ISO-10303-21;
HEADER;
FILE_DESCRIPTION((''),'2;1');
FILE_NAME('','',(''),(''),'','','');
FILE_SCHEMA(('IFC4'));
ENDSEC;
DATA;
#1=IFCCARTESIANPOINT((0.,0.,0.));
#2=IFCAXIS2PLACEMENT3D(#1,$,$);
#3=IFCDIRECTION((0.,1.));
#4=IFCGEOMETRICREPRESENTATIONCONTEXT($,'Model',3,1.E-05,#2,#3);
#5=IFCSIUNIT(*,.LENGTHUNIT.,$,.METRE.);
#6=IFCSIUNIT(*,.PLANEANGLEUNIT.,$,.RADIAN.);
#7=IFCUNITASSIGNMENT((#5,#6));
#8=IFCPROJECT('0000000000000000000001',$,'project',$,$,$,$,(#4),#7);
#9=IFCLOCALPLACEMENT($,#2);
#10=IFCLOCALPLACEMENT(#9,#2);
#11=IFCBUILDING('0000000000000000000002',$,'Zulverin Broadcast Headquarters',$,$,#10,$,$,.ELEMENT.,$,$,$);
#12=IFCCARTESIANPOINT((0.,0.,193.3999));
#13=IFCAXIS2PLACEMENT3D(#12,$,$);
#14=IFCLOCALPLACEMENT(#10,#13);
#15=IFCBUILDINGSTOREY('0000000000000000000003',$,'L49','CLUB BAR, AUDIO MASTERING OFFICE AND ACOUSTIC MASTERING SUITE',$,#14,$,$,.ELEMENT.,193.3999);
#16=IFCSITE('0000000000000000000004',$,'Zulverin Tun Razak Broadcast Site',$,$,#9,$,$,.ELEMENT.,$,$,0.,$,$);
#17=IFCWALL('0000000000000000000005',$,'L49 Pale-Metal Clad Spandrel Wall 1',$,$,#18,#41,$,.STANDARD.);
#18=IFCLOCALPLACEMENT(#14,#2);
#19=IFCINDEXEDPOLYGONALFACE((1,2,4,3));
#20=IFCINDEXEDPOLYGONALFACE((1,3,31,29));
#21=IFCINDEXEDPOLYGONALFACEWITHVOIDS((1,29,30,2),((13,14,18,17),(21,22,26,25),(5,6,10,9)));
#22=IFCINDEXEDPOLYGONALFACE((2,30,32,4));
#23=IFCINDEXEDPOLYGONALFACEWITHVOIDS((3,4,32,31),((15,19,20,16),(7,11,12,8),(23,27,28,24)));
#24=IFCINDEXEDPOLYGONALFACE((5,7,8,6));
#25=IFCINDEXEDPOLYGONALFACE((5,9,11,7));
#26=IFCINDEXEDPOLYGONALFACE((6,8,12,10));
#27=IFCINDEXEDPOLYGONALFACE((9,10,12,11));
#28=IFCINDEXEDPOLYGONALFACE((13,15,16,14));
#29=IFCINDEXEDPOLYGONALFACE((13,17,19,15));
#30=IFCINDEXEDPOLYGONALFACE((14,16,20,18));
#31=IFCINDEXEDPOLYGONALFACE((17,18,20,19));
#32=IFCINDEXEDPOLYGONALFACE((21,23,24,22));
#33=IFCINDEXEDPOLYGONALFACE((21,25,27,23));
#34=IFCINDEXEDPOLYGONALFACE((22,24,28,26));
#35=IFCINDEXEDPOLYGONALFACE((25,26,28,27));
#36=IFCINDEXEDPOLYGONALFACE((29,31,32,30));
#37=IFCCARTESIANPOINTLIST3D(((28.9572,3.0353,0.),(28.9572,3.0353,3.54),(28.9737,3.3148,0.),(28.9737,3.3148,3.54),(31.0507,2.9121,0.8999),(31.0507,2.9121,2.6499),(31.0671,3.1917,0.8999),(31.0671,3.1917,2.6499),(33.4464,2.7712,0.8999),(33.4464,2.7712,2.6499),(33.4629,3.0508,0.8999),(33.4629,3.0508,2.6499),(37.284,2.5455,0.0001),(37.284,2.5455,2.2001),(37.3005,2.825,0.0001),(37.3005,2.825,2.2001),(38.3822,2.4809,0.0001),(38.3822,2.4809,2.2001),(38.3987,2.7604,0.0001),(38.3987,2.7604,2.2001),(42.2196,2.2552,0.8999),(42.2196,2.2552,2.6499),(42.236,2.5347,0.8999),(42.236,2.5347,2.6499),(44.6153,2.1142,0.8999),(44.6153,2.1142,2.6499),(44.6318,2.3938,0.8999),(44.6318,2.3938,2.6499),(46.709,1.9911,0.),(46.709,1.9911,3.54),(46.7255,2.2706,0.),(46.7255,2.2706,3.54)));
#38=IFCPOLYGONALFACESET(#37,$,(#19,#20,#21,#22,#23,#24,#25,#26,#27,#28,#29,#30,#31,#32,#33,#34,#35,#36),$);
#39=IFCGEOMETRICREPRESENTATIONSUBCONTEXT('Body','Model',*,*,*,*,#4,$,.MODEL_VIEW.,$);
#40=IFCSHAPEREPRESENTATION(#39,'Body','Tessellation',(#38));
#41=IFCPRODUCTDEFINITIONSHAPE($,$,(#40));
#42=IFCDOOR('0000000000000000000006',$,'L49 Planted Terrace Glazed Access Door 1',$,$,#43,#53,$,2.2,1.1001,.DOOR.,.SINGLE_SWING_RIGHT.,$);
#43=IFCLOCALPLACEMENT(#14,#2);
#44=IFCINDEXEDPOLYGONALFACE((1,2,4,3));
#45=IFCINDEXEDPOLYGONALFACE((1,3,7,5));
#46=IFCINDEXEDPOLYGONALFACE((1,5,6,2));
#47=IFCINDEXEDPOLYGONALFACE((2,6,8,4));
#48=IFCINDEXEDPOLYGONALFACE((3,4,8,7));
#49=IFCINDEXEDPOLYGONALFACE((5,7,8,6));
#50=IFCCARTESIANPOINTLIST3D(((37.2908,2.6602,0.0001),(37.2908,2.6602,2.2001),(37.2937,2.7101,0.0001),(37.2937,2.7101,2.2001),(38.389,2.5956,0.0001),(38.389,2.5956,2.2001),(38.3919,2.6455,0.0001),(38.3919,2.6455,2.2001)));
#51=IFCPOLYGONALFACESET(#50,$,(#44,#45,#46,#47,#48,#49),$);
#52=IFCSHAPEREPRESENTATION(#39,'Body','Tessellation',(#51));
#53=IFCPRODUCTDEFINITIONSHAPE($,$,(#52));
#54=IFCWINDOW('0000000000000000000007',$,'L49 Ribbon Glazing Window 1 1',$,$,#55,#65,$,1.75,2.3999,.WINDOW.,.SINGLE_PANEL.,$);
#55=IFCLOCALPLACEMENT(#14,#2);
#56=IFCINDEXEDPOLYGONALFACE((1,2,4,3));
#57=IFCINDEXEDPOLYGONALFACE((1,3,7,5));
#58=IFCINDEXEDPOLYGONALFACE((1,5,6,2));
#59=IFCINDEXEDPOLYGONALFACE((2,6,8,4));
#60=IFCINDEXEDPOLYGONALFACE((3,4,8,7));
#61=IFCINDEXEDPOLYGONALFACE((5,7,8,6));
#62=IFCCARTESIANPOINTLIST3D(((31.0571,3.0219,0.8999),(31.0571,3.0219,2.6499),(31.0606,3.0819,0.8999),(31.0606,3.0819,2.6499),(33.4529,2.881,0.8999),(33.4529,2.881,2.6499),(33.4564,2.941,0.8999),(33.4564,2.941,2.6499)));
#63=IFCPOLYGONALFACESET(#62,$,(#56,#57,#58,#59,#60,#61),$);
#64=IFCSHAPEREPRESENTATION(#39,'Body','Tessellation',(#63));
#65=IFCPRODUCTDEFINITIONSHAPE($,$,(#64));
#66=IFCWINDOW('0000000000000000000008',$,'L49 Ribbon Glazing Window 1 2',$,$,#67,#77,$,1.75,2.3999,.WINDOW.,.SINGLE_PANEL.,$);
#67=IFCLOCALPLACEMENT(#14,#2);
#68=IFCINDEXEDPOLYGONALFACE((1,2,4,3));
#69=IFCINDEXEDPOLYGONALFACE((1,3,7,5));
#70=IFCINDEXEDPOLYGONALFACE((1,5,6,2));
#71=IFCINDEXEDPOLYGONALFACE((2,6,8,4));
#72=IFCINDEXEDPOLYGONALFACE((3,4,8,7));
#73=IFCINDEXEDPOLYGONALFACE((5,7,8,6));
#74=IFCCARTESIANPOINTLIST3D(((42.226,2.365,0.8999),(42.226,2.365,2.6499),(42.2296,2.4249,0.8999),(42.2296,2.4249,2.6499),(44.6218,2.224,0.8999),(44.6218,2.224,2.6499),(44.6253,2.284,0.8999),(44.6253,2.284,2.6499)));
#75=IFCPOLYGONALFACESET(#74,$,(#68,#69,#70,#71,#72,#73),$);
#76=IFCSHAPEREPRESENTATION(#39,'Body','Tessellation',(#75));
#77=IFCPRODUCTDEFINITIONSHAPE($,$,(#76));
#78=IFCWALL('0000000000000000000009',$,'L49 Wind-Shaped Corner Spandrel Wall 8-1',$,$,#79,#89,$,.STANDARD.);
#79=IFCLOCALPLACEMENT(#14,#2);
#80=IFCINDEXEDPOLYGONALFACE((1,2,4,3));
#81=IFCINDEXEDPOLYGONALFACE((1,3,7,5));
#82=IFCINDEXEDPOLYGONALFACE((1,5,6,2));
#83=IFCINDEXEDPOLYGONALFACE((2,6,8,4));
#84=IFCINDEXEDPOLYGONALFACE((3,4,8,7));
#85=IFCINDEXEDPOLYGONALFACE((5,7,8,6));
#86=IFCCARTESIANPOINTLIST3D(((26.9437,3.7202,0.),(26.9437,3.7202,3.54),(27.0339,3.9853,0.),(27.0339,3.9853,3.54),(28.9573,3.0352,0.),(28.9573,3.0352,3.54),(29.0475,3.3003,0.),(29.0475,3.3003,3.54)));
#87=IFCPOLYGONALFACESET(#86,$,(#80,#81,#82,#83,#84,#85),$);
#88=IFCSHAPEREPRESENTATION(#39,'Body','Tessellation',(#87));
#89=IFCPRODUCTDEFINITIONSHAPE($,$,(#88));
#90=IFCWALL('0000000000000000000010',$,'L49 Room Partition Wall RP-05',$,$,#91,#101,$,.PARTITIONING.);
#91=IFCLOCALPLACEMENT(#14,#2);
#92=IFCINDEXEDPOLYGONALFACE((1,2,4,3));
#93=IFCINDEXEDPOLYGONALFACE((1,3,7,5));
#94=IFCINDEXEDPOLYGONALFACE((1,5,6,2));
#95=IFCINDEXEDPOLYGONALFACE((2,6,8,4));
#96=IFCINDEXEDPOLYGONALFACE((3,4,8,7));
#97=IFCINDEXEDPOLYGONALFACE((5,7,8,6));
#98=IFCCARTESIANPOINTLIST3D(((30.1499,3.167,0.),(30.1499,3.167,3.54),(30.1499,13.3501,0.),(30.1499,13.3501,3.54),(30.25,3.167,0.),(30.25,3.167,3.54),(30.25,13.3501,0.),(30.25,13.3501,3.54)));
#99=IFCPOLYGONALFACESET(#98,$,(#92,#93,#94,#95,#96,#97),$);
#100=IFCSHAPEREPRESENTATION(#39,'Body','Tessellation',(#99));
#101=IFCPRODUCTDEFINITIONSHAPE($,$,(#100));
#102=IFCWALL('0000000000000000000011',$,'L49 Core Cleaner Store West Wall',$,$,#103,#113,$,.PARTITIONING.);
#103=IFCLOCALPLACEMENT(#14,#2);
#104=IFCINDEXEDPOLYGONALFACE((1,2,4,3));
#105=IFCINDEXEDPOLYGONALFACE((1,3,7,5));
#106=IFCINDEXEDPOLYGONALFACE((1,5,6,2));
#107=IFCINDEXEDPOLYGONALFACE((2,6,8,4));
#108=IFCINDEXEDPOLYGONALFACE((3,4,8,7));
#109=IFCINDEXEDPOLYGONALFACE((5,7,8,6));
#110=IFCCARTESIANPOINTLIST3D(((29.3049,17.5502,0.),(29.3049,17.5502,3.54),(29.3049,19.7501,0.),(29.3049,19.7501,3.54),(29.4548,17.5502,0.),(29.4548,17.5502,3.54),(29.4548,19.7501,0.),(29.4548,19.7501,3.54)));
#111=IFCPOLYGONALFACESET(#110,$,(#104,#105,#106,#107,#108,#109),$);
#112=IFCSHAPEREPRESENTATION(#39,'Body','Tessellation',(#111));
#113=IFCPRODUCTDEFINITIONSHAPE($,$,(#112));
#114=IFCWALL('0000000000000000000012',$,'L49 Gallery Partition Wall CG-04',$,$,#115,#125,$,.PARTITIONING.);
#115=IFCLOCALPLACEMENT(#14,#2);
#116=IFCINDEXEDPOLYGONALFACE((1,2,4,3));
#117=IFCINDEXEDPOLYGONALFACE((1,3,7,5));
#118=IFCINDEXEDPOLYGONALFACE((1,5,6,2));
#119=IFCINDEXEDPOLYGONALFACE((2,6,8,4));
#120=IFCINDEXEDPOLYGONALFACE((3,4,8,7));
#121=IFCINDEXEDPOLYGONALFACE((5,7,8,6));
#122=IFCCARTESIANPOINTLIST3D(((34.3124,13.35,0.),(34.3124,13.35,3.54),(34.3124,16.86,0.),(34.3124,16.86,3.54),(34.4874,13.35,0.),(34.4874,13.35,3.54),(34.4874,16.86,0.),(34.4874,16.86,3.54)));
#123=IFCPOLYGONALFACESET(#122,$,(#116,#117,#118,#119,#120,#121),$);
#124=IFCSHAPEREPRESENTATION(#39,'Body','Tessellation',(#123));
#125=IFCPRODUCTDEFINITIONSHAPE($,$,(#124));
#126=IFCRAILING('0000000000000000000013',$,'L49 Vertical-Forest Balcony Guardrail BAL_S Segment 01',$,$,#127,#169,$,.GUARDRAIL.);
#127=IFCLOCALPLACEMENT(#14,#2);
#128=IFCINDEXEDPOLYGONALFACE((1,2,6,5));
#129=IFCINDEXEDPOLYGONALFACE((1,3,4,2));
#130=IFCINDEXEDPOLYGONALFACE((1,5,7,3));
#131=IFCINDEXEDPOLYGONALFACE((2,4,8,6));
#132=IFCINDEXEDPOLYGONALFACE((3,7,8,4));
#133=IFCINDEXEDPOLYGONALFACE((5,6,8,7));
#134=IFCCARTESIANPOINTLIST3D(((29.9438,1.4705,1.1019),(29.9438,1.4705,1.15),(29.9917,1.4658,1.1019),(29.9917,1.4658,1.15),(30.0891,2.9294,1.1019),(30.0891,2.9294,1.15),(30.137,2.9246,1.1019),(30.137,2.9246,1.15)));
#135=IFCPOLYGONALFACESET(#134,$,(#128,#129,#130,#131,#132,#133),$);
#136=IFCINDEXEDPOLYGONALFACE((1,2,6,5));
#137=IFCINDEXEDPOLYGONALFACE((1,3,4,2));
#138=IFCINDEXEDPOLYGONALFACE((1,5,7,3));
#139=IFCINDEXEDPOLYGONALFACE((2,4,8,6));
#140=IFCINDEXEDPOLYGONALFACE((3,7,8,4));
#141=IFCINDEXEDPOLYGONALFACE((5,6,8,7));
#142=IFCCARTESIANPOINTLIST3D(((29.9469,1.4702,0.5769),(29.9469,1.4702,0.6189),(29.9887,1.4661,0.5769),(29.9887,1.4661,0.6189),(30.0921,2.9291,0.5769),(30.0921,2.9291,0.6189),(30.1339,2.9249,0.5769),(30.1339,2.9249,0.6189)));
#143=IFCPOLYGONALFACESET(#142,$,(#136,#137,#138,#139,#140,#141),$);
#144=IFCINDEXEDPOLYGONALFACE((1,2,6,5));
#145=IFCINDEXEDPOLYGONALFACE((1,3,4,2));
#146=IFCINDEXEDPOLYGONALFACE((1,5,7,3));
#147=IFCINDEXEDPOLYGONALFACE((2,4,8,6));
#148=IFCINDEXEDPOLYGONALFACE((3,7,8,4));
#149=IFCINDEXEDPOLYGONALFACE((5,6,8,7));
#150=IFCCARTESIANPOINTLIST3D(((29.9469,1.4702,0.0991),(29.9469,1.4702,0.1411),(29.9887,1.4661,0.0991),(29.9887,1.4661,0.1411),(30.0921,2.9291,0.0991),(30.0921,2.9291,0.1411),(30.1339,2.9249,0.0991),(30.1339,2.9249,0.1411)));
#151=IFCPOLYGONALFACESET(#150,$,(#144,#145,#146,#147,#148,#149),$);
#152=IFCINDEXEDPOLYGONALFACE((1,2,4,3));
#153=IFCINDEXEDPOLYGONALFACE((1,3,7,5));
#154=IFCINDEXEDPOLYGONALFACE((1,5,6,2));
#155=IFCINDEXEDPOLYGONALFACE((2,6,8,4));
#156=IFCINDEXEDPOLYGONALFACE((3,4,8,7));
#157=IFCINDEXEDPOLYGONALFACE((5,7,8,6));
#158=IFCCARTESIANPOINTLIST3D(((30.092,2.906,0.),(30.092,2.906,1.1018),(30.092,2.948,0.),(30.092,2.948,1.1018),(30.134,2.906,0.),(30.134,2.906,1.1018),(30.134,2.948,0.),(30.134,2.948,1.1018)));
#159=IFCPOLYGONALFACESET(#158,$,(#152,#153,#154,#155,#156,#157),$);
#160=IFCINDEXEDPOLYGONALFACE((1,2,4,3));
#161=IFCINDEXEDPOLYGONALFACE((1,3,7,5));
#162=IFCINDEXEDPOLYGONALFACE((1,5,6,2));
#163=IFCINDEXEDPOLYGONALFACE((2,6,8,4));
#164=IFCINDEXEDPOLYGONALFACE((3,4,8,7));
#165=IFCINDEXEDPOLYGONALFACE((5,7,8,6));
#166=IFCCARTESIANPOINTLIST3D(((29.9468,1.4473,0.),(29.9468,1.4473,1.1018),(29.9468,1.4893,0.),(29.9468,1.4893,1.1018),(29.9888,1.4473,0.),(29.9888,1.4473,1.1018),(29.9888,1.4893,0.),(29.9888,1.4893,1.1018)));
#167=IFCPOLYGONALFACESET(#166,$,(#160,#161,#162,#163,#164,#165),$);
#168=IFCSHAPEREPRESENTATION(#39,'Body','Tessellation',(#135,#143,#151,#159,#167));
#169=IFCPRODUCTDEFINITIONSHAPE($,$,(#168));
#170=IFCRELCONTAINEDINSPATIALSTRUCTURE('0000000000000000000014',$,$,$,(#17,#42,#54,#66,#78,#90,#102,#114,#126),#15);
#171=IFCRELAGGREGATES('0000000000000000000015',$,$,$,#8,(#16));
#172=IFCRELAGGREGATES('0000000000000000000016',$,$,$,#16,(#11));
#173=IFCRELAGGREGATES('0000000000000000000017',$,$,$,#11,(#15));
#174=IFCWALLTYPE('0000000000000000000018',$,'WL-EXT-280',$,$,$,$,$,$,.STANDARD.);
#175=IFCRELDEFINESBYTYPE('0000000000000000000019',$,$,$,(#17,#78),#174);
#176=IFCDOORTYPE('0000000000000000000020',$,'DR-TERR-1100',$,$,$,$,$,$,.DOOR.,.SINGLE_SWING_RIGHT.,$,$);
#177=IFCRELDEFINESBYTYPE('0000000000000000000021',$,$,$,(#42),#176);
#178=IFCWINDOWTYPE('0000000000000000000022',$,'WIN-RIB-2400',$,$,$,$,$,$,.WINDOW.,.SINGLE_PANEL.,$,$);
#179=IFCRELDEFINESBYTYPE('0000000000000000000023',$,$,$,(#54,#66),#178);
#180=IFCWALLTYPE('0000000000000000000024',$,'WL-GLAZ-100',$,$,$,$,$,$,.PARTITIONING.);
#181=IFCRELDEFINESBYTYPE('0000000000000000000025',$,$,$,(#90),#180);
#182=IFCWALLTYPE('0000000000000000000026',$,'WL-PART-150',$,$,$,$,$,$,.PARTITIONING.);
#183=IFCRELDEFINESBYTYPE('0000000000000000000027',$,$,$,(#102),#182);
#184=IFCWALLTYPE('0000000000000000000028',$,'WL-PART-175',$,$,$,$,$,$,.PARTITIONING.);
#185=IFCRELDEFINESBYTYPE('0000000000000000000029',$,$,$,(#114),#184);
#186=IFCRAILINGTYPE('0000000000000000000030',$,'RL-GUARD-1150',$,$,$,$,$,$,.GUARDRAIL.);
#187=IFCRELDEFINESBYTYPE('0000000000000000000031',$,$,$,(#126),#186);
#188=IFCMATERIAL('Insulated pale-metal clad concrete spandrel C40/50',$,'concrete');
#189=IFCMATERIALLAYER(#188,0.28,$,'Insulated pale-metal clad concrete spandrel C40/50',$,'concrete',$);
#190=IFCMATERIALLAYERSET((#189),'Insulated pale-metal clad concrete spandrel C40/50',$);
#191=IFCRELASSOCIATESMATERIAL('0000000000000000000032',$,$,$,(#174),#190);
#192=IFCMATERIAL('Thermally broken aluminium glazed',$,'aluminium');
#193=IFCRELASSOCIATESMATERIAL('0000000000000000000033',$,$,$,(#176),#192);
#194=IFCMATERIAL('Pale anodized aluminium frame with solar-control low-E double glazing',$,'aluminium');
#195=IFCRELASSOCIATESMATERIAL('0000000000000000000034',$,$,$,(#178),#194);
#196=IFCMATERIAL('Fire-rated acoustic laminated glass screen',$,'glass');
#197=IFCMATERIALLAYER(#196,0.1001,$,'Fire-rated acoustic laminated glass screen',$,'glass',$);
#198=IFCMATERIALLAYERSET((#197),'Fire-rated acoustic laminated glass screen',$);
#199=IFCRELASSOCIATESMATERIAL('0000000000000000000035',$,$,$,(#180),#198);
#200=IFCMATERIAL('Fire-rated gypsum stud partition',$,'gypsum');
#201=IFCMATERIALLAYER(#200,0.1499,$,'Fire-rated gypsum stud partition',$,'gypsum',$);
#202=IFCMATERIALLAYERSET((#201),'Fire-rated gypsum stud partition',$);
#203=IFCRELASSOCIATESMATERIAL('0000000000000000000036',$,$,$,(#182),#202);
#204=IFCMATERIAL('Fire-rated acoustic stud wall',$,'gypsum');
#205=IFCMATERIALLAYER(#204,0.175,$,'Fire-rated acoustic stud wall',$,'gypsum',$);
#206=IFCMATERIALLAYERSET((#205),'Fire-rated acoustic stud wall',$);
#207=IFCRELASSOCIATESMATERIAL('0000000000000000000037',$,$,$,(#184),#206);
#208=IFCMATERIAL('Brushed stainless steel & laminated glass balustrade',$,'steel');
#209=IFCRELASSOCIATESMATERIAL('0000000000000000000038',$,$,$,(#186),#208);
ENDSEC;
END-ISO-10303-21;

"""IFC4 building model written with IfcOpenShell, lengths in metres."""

from ifc_helpers import new_model, si_unit, direction, frame, frame_2d, origin, origin_2d, place, context, subcontext, project, spatial, rectangle, extrude, material, layer, layer_set, type_object, element, fill, save


model = new_model("IFC4")

# Units and contexts
model_context = context("Model", 3, precision=1e-05, world=origin(), true_north=direction((0.0, 1.0)))
body_context = subcontext(model_context, "Body", "Model", "MODEL_VIEW")
ifc_project = project(units=[si_unit("LENGTHUNIT", "METRE"), si_unit("PLANEANGLEUNIT", "RADIAN")], contexts=[model_context])

# Site, building, storey
site_placement = place(None, origin())
site = spatial("IfcSite", under=ifc_project, at=site_placement, Name="Zulverin Tun Razak Broadcast Site", CompositionType="ELEMENT", RefElevation=0.0)
building_placement = place(site_placement, origin())
building = spatial("IfcBuilding", under=site, at=building_placement, Name="Zulverin Broadcast Headquarters", CompositionType="ELEMENT")
storey_placement = place(building_placement, frame((0.0, 0.0, 193.3999)))
storey = spatial("IfcBuildingStorey", under=building, at=storey_placement, Name="L49", Description="CLUB BAR, AUDIO MASTERING OFFICE AND ACOUSTIC MASTERING SUITE", CompositionType="ELEMENT", Elevation=193.3999)

# Wall, openings, door, windows
ifc_material_1 = material(Name="Insulated pale-metal clad concrete spandrel C40/50", Category="concrete")
ifc_layer_1 = layer(ifc_material_1, 0.28, Name="Insulated pale-metal clad concrete spandrel C40/50", Category="concrete")
ifc_layer_set_1 = layer_set([ifc_layer_1], Name="Insulated pale-metal clad concrete spandrel C40/50")
wall_type_1 = type_object("IfcWallType", Name="WL-EXT-280", PredefinedType="STANDARD", material=ifc_layer_set_1)
wall_1_placement = place(storey_placement, frame((28.9656, 3.175, 0.0), z_axis=(0.0, 0.0, 1.0), x_axis=(0.998274, -0.05872, 0.0)))
wall_1 = element("IfcWall", 1, at=wall_1_placement, inside=storey, type_object=wall_type_1, Name="L49 Pale-Metal Clad Spandrel Wall 1", PredefinedType="STANDARD", context=body_context, shape_type="SweptSolid", body=[
    extrude(rectangle(XDim=17.7825, YDim=0.28, at=frame_2d((8.8911, 0.0))), origin(), (0.0, 0.0, 1.0), 3.54),
])
opening_1_placement = place(wall_1_placement, frame((8.3411, 0.0, 0.0)))
opening_1 = element("IfcOpeningElement", 2, at=opening_1_placement, cuts=wall_1, PredefinedType="OPENING", context=body_context, shape_type="SweptSolid", body=[
    extrude(rectangle(XDim=1.1001, YDim=2.2, at=frame_2d((0.55, 1.1001))), frame((0.0, 0.1499, 0.0), z_axis=(0.0, -1.0, 0.0), x_axis=(1.0, 0.0, 0.0)), (0.0, 0.0, 1.0), 0.3),
])
opening_2_placement = place(wall_1_placement, frame((2.0969, 0.0, 0.8999)))
opening_2 = element("IfcOpeningElement", 3, at=opening_2_placement, cuts=wall_1, PredefinedType="OPENING", context=body_context, shape_type="SweptSolid", body=[
    extrude(rectangle(XDim=2.3999, YDim=1.75, at=frame_2d((1.2, 0.875))), frame((0.0, 0.1499, 0.0), z_axis=(0.0, -1.0, 0.0), x_axis=(1.0, 0.0, 0.0)), (0.0, 0.0, 1.0), 0.3),
])
opening_3_placement = place(wall_1_placement, frame((13.2852, 0.0, 0.8999)))
opening_3 = element("IfcOpeningElement", 4, at=opening_3_placement, cuts=wall_1, PredefinedType="OPENING", context=body_context, shape_type="SweptSolid", body=[
    extrude(rectangle(XDim=2.3999, YDim=1.75, at=frame_2d((1.2, 0.875))), frame((0.0, 0.1499, 0.0), z_axis=(0.0, -1.0, 0.0), x_axis=(1.0, 0.0, 0.0)), (0.0, 0.0, 1.0), 0.3),
])
ifc_material_2 = material(Name="Thermally broken aluminium glazed", Category="aluminium")
door_type = type_object("IfcDoorType", Name="DR-TERR-1100", OperationType="SINGLE_SWING_RIGHT", PredefinedType="DOOR", material=ifc_material_2)
door_placement = place(opening_1_placement, origin())
door = element("IfcDoor", 5, at=door_placement, inside=storey, type_object=door_type, Name="L49 Planted Terrace Glazed Access Door 1", OperationType="SINGLE_SWING_RIGHT", OverallHeight=2.2, OverallWidth=1.1001, PredefinedType="DOOR", context=body_context, shape_type="SweptSolid", body=[
    extrude(rectangle(XDim=1.1001, YDim=2.2, at=frame_2d((0.55, 1.1001))), frame((0.0, 0.0249, 0.0), z_axis=(0.0, -1.0, 0.0), x_axis=(1.0, 0.0, 0.0)), (0.0, 0.0, 1.0), 0.05),
])
fill(opening_1, door)
ifc_material_3 = material(Name="Pale anodized aluminium frame with solar-control low-E double glazing", Category="aluminium")
window_type = type_object("IfcWindowType", Name="WIN-RIB-2400", PartitioningType="SINGLE_PANEL", PredefinedType="WINDOW", material=ifc_material_3)
window_1_placement = place(opening_2_placement, origin())
window_1 = element("IfcWindow", 6, at=window_1_placement, inside=storey, type_object=window_type, Name="L49 Ribbon Glazing Window 1 1", OverallHeight=1.75, OverallWidth=2.3999, PartitioningType="SINGLE_PANEL", PredefinedType="WINDOW", context=body_context, shape_type="SweptSolid", body=[
    extrude(rectangle(XDim=2.3999, YDim=1.75, at=frame_2d((1.2, 0.875))), frame((0.0, 0.03, 0.0), z_axis=(0.0, -1.0, 0.0), x_axis=(1.0, 0.0, 0.0)), (0.0, 0.0, 1.0), 0.0601),
])
fill(opening_2, window_1)
window_2_placement = place(opening_3_placement, origin())
window_2 = element("IfcWindow", 7, at=window_2_placement, inside=storey, type_object=window_type, Name="L49 Ribbon Glazing Window 1 2", OverallHeight=1.75, OverallWidth=2.3999, PartitioningType="SINGLE_PANEL", PredefinedType="WINDOW", context=body_context, shape_type="SweptSolid", body=[
    extrude(rectangle(XDim=2.3999, YDim=1.75, at=frame_2d((1.2, 0.875))), frame((0.0, 0.03, 0.0), z_axis=(0.0, -1.0, 0.0), x_axis=(1.0, 0.0, 0.0)), (0.0, 0.0, 1.0), 0.0601),
])
fill(opening_3, window_2)

# Walls
wall_2_placement = place(storey_placement, frame((26.9888, 3.8528, 0.0), z_axis=(0.0, 0.0, 1.0), x_axis=(0.946714, -0.322076, 0.0)))
element("IfcWall", 8, at=wall_2_placement, inside=storey, type_object=wall_type_1, Name="L49 Wind-Shaped Corner Spandrel Wall 8-1", PredefinedType="STANDARD", context=body_context, shape_type="SweptSolid", body=[
    extrude(rectangle(XDim=2.127, YDim=0.28, at=frame_2d((1.0635, 0.0))), origin(), (0.0, 0.0, 1.0), 3.54),
])
ifc_material_4 = material(Name="Fire-rated acoustic laminated glass screen", Category="glass")
ifc_layer_2 = layer(ifc_material_4, 0.1001, Name="Fire-rated acoustic laminated glass screen", Category="glass")
ifc_layer_set_2 = layer_set([ifc_layer_2], Name="Fire-rated acoustic laminated glass screen")
wall_type_2 = type_object("IfcWallType", Name="WL-GLAZ-100", PredefinedType="PARTITIONING", material=ifc_layer_set_2)
wall_3_placement = place(storey_placement, frame((30.2, 3.167, 0.0), z_axis=(0.0, 0.0, 1.0), x_axis=(0.0, 1.0, 0.0)))
element("IfcWall", 9, at=wall_3_placement, inside=storey, type_object=wall_type_2, Name="L49 Room Partition Wall RP-05", PredefinedType="PARTITIONING", context=body_context, shape_type="SweptSolid", body=[
    extrude(rectangle(XDim=10.1831, YDim=0.1001, at=frame_2d((5.0916, 0.0))), origin(), (0.0, 0.0, 1.0), 3.54),
])
ifc_material_5 = material(Name="Fire-rated gypsum stud partition", Category="gypsum")
ifc_layer_3 = layer(ifc_material_5, 0.1499, Name="Fire-rated gypsum stud partition", Category="gypsum")
ifc_layer_set_3 = layer_set([ifc_layer_3], Name="Fire-rated gypsum stud partition")
wall_type_3 = type_object("IfcWallType", Name="WL-PART-150", PredefinedType="PARTITIONING", material=ifc_layer_set_3)
wall_4_placement = place(storey_placement, frame((29.3799, 17.55, 0.0), z_axis=(0.0, 0.0, 1.0), x_axis=(0.0, 1.0, 0.0)))
element("IfcWall", 10, at=wall_4_placement, inside=storey, type_object=wall_type_3, Name="L49 Core Cleaner Store West Wall", PredefinedType="PARTITIONING", context=body_context, shape_type="SweptSolid", body=[
    extrude(rectangle(XDim=2.2, YDim=0.1499, at=frame_2d((1.1001, 0.0))), origin(), (0.0, 0.0, 1.0), 3.54),
])
ifc_material_6 = material(Name="Fire-rated acoustic stud wall", Category="gypsum")
ifc_layer_4 = layer(ifc_material_6, 0.175, Name="Fire-rated acoustic stud wall", Category="gypsum")
ifc_layer_set_4 = layer_set([ifc_layer_4], Name="Fire-rated acoustic stud wall")
wall_type_4 = type_object("IfcWallType", Name="WL-PART-175", PredefinedType="PARTITIONING", material=ifc_layer_set_4)
wall_5_placement = place(storey_placement, frame((34.3999, 13.3501, 0.0), z_axis=(0.0, 0.0, 1.0), x_axis=(0.0, 1.0, 0.0)))
element("IfcWall", 11, at=wall_5_placement, inside=storey, type_object=wall_type_4, Name="L49 Gallery Partition Wall CG-04", PredefinedType="PARTITIONING", context=body_context, shape_type="SweptSolid", body=[
    extrude(rectangle(XDim=3.51, YDim=0.175, at=frame_2d((1.7549, 0.0))), origin(), (0.0, 0.0, 1.0), 3.54),
])

# Railing
ifc_material_7 = material(Name="Brushed stainless steel & laminated glass balustrade", Category="steel")
railing_type = type_object("IfcRailingType", Name="RL-GUARD-1150", PredefinedType="GUARDRAIL", material=ifc_material_7)
railing_1_placement = place(storey_placement, frame((30.113, 2.927, 0.0)))
element("IfcRailing", 12, at=railing_1_placement, inside=storey, type_object=railing_type, Name="L49 Vertical-Forest Balcony Guardrail BAL_S Segment 01", PredefinedType="GUARDRAIL", context=body_context, shape_type="SweptSolid", body=[
    extrude(rectangle(XDim=0.0481, YDim=0.0481, at=origin_2d()), frame((0.0, 0.0, 1.126), z_axis=(-0.099091, -0.995078, 0.0), x_axis=(0.995078, -0.099091, 0.0)), (0.0, 0.0, 1.0), 1.4661),
    extrude(rectangle(XDim=0.042, YDim=0.042, at=origin_2d()), frame((0.0, 0.0, 0.5979), z_axis=(-0.099091, -0.995078, 0.0), x_axis=(0.995078, -0.099091, 0.0)), (0.0, 0.0, 1.0), 1.4661),
    extrude(rectangle(XDim=0.042, YDim=0.042, at=origin_2d()), frame((0.0, 0.0, 0.1201), z_axis=(-0.099091, -0.995078, 0.0), x_axis=(0.995078, -0.099091, 0.0)), (0.0, 0.0, 1.0), 1.4661),
    extrude(rectangle(XDim=0.042, YDim=0.042, at=origin_2d()), origin(), (0.0, 0.0, 1.0), 1.1018),
    extrude(rectangle(XDim=0.042, YDim=0.042, at=origin_2d()), frame((-0.1453, -1.4587, 0.0)), (0.0, 0.0, 1.0), 1.1018),
])

save(model, "model.ifc")
